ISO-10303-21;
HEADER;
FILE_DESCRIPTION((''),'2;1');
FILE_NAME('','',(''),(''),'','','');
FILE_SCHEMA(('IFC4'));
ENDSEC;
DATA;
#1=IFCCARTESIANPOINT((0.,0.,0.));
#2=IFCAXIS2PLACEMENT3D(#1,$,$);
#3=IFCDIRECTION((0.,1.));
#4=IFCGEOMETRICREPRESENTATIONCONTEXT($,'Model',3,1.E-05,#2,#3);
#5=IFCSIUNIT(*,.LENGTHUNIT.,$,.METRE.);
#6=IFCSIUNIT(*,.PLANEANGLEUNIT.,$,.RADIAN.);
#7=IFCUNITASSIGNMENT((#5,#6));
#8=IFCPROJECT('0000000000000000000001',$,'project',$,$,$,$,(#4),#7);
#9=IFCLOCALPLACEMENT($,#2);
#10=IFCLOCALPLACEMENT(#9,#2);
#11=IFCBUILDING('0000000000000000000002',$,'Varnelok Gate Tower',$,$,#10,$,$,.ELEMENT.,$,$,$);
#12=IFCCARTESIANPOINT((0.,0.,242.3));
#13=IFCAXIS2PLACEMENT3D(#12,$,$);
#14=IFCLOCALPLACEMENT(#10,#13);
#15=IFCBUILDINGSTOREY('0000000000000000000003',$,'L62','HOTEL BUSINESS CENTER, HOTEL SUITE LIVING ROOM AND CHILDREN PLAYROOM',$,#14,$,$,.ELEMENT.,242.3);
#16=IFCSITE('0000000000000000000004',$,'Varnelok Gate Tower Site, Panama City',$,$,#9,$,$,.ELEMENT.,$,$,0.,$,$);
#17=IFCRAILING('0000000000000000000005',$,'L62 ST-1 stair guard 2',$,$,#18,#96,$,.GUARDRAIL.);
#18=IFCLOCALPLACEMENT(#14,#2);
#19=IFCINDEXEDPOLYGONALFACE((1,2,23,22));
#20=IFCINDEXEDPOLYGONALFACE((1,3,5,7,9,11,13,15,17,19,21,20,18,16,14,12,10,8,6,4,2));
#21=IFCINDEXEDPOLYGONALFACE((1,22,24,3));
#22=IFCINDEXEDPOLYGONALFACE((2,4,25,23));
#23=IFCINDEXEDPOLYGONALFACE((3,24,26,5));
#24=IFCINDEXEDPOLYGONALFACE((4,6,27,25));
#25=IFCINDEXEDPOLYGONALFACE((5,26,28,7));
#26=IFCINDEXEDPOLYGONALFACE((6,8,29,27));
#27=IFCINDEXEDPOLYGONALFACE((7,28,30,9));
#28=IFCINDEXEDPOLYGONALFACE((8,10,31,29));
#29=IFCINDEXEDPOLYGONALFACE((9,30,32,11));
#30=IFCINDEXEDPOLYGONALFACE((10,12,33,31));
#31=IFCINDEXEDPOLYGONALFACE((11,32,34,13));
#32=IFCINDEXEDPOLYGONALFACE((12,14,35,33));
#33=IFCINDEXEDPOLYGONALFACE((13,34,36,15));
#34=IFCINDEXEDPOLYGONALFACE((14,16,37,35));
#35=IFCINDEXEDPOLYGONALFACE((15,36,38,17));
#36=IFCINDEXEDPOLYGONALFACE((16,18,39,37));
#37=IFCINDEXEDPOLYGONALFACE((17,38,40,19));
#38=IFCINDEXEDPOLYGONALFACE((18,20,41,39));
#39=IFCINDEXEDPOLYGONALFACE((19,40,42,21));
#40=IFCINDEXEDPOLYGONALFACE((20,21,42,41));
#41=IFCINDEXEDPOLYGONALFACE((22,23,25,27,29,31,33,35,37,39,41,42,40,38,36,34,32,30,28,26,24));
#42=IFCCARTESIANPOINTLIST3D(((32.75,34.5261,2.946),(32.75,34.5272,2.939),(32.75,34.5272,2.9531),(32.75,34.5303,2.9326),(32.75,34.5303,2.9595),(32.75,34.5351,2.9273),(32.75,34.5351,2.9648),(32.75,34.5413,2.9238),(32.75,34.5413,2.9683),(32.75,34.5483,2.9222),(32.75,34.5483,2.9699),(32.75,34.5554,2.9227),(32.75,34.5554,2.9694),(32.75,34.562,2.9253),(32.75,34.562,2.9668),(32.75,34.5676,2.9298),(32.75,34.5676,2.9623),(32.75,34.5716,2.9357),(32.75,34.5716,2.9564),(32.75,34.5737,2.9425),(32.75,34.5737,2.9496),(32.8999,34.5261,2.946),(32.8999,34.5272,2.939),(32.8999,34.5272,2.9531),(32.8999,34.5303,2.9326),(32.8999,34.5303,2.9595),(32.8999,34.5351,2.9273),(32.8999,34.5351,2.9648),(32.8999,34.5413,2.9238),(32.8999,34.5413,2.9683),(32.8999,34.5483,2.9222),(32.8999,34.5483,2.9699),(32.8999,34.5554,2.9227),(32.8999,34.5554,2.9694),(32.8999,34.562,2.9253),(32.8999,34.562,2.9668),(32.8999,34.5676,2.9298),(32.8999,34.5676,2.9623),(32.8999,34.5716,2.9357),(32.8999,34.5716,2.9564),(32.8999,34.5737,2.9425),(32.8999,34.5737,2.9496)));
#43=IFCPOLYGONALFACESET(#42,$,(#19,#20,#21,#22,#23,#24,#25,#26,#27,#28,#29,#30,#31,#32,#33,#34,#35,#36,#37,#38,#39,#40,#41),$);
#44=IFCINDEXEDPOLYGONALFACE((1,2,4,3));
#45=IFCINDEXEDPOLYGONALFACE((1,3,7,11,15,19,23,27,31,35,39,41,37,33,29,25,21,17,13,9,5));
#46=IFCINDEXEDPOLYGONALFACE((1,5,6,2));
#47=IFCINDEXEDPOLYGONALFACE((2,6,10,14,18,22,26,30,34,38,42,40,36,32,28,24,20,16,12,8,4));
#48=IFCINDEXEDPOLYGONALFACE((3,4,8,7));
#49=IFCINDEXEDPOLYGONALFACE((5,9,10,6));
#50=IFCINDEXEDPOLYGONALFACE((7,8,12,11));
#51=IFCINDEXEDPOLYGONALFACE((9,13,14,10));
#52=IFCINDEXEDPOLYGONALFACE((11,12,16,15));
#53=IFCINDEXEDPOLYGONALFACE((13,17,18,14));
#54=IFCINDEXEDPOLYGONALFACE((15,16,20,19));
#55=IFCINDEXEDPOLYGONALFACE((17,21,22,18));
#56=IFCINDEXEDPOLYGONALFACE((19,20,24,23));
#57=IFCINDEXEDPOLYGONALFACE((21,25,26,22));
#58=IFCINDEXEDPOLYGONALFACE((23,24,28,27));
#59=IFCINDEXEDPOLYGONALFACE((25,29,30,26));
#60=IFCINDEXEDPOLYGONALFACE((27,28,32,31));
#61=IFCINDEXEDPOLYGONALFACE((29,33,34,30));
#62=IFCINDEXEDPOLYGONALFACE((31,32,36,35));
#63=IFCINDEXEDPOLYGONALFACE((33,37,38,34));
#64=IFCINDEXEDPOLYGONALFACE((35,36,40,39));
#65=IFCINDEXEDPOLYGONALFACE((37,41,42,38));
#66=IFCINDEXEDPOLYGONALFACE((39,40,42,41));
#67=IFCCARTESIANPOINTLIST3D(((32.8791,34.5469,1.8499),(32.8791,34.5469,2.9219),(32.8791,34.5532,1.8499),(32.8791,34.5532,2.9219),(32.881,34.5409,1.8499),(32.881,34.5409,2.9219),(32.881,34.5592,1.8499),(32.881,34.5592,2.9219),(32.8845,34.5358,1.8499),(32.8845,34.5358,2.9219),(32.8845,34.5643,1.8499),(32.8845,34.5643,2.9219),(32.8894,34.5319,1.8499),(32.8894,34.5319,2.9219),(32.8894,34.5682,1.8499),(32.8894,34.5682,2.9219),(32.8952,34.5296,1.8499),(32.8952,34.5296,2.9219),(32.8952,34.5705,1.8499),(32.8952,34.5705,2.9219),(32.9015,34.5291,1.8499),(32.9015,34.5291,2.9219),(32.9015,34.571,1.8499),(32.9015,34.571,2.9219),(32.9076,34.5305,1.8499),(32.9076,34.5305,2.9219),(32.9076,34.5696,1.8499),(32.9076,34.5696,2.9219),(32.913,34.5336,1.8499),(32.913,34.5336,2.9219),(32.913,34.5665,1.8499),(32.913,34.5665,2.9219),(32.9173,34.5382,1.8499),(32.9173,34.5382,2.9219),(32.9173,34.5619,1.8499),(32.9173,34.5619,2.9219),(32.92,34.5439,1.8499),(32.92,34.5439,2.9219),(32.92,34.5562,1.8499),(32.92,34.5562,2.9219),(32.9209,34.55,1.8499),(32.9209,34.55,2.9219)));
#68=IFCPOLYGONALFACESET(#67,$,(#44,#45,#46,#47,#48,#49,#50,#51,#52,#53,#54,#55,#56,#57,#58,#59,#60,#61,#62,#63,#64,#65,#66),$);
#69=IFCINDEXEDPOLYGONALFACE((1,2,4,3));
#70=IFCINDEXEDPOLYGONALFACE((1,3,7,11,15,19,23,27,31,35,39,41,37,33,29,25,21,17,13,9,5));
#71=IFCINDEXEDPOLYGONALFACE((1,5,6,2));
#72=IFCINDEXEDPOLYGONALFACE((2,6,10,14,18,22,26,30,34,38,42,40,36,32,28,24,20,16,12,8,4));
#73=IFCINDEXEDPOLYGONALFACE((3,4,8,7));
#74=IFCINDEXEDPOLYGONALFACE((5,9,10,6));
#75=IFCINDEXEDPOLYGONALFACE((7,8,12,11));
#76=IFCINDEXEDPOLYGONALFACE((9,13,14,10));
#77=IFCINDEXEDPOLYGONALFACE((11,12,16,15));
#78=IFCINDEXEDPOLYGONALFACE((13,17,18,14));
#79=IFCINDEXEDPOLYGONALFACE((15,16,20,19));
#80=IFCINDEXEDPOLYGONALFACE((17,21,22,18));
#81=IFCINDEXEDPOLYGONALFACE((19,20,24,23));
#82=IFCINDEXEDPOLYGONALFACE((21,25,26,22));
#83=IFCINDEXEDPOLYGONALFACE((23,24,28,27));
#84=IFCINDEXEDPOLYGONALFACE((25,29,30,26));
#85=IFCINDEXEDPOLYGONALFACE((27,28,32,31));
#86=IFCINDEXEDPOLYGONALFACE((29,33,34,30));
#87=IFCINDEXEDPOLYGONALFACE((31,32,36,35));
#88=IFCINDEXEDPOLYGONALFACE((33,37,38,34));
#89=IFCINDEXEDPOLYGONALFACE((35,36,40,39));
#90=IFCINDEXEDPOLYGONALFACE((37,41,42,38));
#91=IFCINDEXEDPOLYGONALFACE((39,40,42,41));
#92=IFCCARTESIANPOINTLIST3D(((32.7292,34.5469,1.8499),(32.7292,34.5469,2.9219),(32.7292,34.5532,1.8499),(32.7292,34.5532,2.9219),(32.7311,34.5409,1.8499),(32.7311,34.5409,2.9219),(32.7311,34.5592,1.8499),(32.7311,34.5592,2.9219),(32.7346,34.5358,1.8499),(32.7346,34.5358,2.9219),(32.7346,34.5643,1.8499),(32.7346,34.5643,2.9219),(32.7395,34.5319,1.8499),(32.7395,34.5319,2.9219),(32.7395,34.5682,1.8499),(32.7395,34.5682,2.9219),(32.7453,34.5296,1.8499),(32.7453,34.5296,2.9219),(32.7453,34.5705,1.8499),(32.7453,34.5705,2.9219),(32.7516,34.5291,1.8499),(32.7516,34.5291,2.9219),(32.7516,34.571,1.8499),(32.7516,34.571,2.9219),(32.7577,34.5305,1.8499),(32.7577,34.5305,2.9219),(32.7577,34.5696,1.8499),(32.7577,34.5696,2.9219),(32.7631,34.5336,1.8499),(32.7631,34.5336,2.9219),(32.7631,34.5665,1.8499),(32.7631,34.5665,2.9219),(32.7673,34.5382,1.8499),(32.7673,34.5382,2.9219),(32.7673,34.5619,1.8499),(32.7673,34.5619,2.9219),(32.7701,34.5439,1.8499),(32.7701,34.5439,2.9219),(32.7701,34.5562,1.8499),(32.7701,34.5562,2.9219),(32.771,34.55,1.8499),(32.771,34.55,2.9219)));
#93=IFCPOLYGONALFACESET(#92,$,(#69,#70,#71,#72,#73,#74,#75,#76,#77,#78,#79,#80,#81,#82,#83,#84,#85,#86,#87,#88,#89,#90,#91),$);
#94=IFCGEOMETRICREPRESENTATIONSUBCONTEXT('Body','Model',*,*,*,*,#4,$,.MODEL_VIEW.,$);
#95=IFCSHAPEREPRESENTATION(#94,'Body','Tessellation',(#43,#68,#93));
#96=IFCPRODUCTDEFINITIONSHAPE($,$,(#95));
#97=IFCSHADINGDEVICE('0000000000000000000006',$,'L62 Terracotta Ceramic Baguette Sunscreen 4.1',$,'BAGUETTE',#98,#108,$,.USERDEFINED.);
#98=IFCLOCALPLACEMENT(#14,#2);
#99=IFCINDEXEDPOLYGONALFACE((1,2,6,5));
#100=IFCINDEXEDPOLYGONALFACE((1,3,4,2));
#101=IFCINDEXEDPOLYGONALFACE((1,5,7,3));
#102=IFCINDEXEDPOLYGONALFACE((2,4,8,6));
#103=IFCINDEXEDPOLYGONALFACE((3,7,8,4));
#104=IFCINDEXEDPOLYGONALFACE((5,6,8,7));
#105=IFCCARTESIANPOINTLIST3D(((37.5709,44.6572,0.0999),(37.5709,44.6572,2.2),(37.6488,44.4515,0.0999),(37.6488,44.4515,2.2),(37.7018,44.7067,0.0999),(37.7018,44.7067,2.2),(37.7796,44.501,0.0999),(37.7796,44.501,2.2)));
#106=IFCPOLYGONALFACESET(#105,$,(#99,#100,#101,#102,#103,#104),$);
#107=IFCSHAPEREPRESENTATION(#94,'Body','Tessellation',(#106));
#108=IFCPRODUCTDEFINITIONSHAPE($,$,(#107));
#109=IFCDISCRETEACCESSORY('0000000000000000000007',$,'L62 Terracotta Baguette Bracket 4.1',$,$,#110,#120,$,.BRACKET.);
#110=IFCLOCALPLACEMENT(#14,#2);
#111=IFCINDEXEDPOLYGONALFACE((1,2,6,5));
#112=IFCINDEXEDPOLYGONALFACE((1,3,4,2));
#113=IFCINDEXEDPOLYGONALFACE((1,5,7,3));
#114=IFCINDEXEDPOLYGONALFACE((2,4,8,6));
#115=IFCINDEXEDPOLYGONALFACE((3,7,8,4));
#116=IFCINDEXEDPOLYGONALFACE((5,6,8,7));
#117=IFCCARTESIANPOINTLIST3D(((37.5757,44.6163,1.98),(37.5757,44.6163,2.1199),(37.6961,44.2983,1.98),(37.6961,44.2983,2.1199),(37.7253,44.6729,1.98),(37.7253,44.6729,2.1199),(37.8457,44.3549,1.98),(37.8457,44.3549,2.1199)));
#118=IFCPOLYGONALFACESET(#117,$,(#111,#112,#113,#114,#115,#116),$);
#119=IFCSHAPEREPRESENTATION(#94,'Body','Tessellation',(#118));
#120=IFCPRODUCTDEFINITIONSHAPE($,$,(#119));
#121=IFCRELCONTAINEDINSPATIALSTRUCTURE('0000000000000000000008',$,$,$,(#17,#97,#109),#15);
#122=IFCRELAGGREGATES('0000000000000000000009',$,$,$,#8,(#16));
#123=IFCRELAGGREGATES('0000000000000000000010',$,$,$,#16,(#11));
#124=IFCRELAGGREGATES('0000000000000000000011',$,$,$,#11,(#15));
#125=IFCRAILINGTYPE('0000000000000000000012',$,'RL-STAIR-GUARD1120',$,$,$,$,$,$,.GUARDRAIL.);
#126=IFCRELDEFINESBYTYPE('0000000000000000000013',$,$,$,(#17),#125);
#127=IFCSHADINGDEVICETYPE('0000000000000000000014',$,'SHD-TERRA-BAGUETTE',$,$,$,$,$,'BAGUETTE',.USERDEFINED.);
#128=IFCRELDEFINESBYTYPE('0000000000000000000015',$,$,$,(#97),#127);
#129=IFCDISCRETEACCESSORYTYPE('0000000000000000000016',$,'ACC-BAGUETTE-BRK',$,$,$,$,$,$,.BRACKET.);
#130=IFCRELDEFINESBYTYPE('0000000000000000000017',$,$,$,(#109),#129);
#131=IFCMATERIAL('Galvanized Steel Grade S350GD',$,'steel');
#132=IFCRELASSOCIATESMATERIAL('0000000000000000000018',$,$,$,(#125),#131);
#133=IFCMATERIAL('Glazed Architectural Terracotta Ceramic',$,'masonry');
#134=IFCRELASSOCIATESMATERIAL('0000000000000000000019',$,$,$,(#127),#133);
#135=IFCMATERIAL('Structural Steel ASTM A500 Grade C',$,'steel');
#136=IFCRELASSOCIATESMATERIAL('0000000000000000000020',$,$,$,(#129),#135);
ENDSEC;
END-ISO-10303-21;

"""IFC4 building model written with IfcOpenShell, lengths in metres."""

from ifc_helpers import new_model, si_unit, direction, frame, origin, origin_2d, place, context, subcontext, project, spatial, rectangle, circle, extrude, source, transform, mapped, material, type_object, element, save


model = new_model("IFC4")

# Units and contexts
model_context = context("Model", 3, precision=1e-05, world=origin(), true_north=direction((0.0, 1.0)))
body_context = subcontext(model_context, "Body", "Model", "MODEL_VIEW")
ifc_project = project(units=[si_unit("LENGTHUNIT", "METRE"), si_unit("PLANEANGLEUNIT", "RADIAN")], contexts=[model_context])

# Site, building, storey
site_placement = place(None, origin())
site = spatial("IfcSite", under=ifc_project, at=site_placement, Name="Varnelok Gate Tower Site, Panama City", CompositionType="ELEMENT", RefElevation=0.0)
building_placement = place(site_placement, origin())
building = spatial("IfcBuilding", under=site, at=building_placement, Name="Varnelok Gate Tower", CompositionType="ELEMENT")
storey_placement = place(building_placement, frame((0.0, 0.0, 242.3)))
storey = spatial("IfcBuildingStorey", under=building, at=storey_placement, Name="L62", Description="HOTEL BUSINESS CENTER, HOTEL SUITE LIVING ROOM AND CHILDREN PLAYROOM", CompositionType="ELEMENT", Elevation=242.3)

# Shared definitions
ifc_material_1 = material(Name="Galvanized Steel Grade S350GD", Category="steel")

# Railing
railing_type_1 = type_object("IfcRailingType", Name="RL-STAIR-GUARD1120", PredefinedType="GUARDRAIL", material=ifc_material_1)
railing_1_placement = place(storey_placement, frame((32.8999, 34.55, 1.8499)))
element("IfcRailing", 1, at=railing_1_placement, inside=storey, type_object=railing_type_1, Name="L62 ST-1 stair guard 2", PredefinedType="GUARDRAIL", context=body_context, shape_type="SweptSolid", body=[
    extrude(circle(Radius=0.0239, at=origin_2d()), frame((0.0, 0.0, 1.0962), z_axis=(-1.0, 0.0, 0.0), x_axis=(0.0, -1.0, 0.0)), (0.0, 0.0, 1.0), 0.1499),
    extrude(circle(Radius=0.021, at=origin_2d()), origin(), (0.0, 0.0, 1.0), 1.072),
    extrude(circle(Radius=0.021, at=origin_2d()), frame((-0.1499, 0.0, 0.0)), (0.0, 0.0, 1.0), 1.072),
])

# Shading device
ifc_material_2 = material(Name="Glazed Architectural Terracotta Ceramic", Category="masonry")
shading_device_type = type_object("IfcShadingDeviceType", Name="SHD-TERRA-BAGUETTE", ElementType="BAGUETTE", PredefinedType="USERDEFINED", material=ifc_material_2)
shared_shape_1 = source(origin(), body_context, "Body", "SweptSolid", [
    extrude(rectangle(XDim=0.1399, YDim=0.22, at=origin_2d()), origin(), (0.0, 0.0, 1.0), 2.1001),
])
shading_device_placement = place(storey_placement, frame((37.6753, 44.5791, 0.0999), z_axis=(0.0, 0.0, 1.0), x_axis=(0.935222, 0.354063, 0.0)))
element("IfcShadingDevice", 2, at=shading_device_placement, inside=storey, type_object=shading_device_type, Name="L62 Terracotta Ceramic Baguette Sunscreen 4.1", ObjectType="BAGUETTE", PredefinedType="USERDEFINED", context=body_context, shape_type="MappedRepresentation", body=[
    mapped(shared_shape_1, transform((0.0, 0.0, 0.0), scale=1.0)),
])

# Discrete accessory
ifc_material_3 = material(Name="Structural Steel ASTM A500 Grade C", Category="steel")
discrete_accessory_type = type_object("IfcDiscreteAccessoryType", Name="ACC-BAGUETTE-BRK", PredefinedType="BRACKET", material=ifc_material_3)
shared_shape_2 = source(origin(), body_context, "Body", "SweptSolid", [
    extrude(rectangle(XDim=0.1599, YDim=0.3401, at=origin_2d()), origin(), (0.0, 0.0, 1.0), 0.1399),
])
discrete_accessory_placement = place(storey_placement, frame((37.7107, 44.4856, 1.98), z_axis=(0.0, 0.0, 1.0), x_axis=(0.935222, 0.354063, 0.0)))
element("IfcDiscreteAccessory", 3, at=discrete_accessory_placement, inside=storey, type_object=discrete_accessory_type, Name="L62 Terracotta Baguette Bracket 4.1", PredefinedType="BRACKET", context=body_context, shape_type="MappedRepresentation", body=[
    mapped(shared_shape_2, transform((0.0, 0.0, 0.0), scale=1.0)),
])

save(model, "model.ifc")
